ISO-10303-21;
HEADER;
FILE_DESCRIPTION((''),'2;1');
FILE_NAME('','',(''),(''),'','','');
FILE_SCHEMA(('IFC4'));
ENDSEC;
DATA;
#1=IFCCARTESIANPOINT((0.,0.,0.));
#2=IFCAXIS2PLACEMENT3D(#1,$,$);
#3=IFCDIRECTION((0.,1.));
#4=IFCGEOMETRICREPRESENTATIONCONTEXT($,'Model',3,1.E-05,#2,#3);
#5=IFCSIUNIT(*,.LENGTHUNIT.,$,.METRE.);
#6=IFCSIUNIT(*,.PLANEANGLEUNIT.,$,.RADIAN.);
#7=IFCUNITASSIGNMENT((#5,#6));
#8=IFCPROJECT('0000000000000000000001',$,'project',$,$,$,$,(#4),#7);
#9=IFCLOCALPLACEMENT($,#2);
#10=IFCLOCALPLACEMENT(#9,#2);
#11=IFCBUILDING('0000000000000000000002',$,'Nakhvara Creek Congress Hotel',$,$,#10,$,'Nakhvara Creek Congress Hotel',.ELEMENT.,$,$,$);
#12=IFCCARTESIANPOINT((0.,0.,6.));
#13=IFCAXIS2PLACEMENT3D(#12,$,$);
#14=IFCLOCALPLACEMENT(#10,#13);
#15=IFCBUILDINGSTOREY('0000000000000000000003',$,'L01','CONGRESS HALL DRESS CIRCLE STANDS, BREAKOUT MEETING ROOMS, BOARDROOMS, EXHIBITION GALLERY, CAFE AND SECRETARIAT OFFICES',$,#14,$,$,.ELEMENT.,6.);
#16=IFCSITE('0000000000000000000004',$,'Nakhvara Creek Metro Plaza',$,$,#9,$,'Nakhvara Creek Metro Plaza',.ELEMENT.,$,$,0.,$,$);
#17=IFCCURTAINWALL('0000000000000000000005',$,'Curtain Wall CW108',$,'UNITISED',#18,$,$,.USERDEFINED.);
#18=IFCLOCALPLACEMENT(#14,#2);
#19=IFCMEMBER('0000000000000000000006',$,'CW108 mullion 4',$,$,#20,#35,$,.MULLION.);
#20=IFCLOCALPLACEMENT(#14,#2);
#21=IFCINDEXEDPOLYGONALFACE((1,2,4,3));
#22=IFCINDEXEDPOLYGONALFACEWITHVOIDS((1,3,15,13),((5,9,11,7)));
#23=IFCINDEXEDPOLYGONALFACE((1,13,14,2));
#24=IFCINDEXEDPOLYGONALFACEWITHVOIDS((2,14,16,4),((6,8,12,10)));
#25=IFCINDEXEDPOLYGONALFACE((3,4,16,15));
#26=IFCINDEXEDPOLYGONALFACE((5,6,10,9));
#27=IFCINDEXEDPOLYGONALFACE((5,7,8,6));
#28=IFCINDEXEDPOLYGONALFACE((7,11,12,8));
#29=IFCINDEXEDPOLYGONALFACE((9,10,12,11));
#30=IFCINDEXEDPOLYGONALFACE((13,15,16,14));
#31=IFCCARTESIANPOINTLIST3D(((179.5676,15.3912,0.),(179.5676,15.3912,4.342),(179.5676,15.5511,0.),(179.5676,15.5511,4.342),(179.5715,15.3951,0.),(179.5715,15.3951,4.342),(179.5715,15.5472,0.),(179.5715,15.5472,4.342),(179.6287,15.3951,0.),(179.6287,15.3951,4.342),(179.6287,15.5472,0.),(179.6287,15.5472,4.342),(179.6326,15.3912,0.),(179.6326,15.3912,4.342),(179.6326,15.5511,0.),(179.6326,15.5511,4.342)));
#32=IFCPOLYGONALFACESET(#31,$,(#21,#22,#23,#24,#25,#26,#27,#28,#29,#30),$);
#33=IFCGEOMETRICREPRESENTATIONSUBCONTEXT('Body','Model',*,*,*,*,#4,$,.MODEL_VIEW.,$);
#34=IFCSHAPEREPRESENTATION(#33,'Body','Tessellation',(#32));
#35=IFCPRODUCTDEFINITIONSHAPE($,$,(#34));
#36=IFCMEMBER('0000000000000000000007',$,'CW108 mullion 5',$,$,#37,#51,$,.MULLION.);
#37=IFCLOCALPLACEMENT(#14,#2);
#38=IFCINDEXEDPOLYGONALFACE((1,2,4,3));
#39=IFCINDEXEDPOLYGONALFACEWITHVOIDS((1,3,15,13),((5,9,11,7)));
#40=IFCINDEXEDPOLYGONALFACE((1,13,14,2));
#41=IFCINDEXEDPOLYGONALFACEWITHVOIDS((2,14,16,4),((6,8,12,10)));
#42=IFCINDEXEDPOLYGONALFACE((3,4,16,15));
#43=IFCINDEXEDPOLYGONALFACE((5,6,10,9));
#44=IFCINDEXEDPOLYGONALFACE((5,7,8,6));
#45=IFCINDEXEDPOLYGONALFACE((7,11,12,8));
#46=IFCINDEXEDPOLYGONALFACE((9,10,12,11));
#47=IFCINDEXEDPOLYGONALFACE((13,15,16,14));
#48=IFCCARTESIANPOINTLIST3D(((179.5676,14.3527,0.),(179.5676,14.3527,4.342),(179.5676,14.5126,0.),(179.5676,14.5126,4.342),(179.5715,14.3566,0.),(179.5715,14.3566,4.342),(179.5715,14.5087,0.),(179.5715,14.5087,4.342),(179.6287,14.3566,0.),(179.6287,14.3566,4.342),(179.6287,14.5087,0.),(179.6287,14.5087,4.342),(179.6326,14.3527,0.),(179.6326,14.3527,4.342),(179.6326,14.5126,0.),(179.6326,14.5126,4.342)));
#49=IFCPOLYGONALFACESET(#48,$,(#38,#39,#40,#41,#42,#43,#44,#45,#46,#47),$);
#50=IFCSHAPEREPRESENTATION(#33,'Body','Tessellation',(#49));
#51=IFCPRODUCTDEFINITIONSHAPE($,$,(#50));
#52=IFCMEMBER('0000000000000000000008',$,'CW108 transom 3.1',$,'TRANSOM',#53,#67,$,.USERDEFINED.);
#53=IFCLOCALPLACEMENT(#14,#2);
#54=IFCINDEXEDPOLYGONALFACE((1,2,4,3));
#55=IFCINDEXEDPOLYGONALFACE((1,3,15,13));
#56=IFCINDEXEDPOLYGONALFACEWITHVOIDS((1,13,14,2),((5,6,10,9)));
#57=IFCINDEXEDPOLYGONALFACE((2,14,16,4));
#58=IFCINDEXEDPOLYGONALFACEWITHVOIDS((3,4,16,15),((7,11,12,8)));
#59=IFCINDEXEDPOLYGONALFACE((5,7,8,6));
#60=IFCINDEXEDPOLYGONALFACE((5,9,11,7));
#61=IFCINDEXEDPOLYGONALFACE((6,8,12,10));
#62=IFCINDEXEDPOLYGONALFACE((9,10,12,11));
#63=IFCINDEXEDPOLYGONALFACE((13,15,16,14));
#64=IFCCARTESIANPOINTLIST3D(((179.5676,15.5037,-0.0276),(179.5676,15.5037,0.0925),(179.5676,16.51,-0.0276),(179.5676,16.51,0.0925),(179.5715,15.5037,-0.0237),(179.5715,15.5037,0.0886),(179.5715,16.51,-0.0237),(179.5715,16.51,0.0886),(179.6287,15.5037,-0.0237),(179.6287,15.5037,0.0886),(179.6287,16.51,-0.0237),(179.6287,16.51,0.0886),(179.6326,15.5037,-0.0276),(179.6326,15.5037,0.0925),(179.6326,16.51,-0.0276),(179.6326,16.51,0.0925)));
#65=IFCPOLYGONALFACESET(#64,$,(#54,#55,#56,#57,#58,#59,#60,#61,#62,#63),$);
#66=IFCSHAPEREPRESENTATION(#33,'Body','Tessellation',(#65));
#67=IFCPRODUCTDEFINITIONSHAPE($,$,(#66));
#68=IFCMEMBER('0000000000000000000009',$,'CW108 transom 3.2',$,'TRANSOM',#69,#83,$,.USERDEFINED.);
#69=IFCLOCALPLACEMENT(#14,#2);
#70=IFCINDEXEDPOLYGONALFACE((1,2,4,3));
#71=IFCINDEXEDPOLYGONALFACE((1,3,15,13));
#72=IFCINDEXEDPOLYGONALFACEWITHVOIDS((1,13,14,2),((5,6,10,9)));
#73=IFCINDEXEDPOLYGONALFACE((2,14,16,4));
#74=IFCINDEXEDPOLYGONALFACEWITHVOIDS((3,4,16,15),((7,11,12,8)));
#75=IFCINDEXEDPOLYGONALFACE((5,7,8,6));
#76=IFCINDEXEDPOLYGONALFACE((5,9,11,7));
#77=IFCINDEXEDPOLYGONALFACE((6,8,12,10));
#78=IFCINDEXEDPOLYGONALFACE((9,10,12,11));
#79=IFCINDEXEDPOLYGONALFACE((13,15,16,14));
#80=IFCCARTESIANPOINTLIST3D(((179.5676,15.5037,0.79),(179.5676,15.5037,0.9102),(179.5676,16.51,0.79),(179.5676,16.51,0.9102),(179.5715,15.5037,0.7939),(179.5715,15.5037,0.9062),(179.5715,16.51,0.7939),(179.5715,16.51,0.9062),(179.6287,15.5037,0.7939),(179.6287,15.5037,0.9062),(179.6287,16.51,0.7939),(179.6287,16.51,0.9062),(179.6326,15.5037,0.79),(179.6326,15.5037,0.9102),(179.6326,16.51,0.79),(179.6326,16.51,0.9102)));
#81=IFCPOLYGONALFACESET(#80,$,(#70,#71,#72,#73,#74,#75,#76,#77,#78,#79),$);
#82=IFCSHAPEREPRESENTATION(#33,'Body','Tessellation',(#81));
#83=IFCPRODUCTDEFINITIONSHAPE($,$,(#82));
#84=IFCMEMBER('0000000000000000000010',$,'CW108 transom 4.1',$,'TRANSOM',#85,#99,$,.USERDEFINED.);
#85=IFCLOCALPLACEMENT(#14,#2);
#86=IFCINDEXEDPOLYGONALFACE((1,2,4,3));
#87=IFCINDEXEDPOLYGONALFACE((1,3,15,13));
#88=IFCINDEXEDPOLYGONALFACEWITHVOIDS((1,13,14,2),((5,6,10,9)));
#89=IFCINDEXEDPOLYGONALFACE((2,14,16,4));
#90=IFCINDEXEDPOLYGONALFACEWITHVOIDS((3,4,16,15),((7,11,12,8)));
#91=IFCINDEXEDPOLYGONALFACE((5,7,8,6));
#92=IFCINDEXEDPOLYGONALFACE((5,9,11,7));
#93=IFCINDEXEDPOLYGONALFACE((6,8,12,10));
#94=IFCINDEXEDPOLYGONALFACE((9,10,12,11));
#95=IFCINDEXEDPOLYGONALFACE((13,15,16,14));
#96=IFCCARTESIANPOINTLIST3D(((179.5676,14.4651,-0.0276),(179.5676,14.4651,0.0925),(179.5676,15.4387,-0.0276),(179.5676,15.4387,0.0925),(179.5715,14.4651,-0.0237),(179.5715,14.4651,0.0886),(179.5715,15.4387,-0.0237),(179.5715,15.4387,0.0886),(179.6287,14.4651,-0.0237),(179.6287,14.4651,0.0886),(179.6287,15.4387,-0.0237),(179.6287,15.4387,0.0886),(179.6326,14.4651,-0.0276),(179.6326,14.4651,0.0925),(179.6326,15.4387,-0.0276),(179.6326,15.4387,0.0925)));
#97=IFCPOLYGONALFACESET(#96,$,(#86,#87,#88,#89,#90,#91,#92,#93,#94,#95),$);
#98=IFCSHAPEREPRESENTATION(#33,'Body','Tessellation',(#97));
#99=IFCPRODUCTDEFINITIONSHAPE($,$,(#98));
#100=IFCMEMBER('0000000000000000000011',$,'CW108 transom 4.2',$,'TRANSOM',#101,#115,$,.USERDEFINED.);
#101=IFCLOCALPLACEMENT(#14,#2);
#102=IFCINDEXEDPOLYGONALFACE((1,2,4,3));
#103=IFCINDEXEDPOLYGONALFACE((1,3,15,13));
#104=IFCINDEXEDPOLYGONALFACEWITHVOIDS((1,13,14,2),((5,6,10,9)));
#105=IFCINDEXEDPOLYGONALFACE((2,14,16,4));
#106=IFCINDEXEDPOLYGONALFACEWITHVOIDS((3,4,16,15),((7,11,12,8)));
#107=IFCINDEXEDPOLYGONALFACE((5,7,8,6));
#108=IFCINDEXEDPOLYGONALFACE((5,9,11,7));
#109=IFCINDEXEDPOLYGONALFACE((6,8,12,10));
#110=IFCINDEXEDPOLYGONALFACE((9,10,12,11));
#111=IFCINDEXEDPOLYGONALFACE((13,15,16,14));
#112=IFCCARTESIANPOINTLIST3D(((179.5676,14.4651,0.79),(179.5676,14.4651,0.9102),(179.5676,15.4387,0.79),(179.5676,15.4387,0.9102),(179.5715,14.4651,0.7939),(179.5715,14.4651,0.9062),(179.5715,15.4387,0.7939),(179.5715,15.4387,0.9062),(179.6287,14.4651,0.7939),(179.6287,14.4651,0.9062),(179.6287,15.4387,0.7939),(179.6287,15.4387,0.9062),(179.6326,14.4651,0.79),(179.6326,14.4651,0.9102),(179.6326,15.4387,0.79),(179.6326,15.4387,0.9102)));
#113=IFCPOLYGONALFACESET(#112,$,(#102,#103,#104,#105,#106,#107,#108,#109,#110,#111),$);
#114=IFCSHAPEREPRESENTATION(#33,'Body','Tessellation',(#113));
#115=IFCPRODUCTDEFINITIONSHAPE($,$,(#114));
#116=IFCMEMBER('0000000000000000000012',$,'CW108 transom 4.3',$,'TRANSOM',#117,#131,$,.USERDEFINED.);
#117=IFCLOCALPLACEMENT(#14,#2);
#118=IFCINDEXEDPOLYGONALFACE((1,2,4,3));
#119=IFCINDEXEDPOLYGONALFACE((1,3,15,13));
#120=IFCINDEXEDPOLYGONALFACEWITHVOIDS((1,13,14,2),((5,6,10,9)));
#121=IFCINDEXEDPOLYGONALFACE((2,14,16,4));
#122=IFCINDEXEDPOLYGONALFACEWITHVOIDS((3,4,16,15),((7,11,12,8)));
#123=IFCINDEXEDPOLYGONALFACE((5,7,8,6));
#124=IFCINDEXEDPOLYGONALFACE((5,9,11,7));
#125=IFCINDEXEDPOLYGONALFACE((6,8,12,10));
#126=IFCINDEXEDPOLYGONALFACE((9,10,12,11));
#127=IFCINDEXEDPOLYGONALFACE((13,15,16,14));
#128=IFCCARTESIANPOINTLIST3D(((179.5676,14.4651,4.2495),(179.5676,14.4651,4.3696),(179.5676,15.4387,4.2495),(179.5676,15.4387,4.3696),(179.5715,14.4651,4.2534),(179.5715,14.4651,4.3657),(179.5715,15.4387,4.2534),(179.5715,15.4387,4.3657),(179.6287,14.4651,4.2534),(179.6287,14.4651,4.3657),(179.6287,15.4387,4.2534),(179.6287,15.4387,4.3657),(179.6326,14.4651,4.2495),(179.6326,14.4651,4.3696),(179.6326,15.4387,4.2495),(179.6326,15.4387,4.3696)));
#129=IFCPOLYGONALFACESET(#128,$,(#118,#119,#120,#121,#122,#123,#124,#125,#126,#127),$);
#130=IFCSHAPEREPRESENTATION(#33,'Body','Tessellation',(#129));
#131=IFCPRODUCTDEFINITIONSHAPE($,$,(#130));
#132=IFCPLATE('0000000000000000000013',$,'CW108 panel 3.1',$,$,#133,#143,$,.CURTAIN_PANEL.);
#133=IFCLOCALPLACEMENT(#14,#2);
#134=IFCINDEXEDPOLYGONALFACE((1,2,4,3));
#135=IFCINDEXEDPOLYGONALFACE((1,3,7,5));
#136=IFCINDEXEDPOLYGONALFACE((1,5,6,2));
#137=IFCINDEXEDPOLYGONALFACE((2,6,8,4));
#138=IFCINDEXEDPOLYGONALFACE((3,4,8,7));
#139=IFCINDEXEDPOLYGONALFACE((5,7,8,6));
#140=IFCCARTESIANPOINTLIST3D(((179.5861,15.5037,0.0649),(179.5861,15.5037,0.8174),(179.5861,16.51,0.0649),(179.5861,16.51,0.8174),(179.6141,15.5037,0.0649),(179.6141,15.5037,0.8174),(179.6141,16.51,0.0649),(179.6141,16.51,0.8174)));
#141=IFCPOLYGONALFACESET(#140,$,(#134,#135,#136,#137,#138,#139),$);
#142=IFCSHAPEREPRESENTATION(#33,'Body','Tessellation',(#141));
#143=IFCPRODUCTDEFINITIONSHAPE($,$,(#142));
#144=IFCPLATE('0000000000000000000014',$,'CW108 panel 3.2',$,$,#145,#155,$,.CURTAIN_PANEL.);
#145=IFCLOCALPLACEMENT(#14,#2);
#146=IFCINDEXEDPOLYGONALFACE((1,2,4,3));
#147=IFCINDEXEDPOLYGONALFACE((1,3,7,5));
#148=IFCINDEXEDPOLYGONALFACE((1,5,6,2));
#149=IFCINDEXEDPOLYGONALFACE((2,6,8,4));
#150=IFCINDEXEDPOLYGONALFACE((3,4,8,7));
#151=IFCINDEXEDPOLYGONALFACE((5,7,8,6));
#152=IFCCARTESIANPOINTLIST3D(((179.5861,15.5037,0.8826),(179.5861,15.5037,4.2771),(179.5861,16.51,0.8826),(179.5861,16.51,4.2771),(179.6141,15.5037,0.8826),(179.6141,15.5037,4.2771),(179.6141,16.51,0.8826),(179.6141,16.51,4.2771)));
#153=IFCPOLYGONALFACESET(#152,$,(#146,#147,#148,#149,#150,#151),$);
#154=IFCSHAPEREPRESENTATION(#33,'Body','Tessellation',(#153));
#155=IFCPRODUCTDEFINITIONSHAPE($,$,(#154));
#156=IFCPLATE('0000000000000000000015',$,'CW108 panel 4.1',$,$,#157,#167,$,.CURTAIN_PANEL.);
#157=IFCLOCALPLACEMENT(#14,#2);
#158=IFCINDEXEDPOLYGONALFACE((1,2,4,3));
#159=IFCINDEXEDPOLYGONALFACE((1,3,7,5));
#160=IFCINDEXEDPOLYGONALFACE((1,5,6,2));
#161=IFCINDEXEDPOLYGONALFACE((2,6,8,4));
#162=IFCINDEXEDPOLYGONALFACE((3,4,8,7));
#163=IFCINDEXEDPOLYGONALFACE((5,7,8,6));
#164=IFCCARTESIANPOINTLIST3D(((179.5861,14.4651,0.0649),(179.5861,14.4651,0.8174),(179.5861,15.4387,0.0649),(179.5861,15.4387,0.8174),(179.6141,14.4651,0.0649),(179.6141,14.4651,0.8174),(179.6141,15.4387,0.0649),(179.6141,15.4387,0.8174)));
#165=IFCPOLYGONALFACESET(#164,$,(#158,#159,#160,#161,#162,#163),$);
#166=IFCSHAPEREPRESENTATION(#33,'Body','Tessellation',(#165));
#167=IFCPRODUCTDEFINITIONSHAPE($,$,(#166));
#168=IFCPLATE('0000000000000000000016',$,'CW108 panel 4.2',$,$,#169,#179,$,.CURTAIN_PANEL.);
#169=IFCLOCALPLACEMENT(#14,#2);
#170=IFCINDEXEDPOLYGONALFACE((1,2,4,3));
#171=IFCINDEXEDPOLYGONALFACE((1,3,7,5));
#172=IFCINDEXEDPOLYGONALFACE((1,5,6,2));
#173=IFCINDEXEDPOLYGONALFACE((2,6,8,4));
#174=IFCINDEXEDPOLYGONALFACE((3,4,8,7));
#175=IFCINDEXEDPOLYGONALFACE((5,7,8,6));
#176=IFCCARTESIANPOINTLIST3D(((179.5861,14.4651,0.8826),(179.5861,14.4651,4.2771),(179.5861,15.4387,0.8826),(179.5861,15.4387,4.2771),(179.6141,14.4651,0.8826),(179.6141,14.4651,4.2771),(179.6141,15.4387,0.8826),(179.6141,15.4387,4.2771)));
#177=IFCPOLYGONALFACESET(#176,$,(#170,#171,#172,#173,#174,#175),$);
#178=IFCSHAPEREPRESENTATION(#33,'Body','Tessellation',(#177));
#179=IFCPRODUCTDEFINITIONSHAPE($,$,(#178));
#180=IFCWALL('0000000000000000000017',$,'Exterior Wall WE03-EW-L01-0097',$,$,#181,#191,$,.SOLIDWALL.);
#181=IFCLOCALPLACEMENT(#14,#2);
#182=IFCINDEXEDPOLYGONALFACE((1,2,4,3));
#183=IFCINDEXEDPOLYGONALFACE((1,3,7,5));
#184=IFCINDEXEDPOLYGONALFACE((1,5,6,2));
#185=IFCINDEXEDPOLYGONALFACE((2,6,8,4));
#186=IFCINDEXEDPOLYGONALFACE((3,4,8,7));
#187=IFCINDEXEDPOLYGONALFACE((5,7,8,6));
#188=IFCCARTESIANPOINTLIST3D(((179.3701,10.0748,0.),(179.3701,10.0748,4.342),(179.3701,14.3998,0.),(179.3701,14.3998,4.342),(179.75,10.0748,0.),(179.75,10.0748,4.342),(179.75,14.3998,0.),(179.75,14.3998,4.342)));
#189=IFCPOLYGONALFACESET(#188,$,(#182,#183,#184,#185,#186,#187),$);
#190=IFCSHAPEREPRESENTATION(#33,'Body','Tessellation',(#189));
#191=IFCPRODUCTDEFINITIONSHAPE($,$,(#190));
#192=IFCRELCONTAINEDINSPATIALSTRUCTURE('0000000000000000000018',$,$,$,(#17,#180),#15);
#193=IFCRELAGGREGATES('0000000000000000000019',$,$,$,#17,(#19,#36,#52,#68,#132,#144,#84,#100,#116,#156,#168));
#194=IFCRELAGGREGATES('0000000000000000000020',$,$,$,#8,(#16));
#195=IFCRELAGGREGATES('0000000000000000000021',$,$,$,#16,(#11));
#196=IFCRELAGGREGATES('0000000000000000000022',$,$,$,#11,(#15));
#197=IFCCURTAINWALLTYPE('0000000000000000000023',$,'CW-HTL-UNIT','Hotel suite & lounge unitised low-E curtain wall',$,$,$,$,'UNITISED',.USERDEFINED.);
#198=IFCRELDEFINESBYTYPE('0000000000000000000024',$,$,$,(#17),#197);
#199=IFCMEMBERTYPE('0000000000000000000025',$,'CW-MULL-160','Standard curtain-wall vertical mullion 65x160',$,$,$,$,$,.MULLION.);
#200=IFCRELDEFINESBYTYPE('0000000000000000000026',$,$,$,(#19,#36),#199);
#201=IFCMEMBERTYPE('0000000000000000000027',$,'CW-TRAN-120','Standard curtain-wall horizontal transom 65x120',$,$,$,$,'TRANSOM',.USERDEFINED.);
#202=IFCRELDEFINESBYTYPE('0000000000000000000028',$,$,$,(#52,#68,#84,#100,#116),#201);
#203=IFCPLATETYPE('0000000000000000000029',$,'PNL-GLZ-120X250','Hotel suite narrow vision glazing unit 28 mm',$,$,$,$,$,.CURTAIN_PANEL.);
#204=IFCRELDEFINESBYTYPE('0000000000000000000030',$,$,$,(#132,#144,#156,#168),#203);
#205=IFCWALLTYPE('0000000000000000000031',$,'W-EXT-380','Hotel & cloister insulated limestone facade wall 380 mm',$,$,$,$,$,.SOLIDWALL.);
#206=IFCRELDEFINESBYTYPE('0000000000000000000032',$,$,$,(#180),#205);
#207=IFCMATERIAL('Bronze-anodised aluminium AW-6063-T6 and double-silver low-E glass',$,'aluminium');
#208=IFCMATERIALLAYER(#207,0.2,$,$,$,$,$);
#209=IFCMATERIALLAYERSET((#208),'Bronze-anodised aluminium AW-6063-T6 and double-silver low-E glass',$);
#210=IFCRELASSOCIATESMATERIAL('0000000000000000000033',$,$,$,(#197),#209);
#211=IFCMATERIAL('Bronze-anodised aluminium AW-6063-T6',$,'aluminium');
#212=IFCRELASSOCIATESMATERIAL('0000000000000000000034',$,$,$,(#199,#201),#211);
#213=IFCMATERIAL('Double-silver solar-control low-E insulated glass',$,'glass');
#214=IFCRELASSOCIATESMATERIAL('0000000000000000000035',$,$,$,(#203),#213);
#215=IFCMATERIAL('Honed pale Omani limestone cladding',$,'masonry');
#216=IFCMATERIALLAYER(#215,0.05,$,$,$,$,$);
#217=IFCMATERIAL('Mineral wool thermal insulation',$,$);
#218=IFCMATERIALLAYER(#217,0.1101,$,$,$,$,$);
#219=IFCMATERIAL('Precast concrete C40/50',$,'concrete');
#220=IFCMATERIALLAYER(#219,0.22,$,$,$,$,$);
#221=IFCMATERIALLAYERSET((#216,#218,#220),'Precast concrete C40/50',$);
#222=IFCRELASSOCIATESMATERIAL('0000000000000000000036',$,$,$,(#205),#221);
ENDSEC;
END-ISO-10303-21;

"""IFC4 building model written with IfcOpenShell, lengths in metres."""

from ifc_helpers import new_model, si_unit, direction, frame, frame_2d, origin, origin_2d, place, context, subcontext, project, spatial, rectangle, hollow_rectangle, extrude, material, layer, layer_set, material_profile, profile_set, type_object, element, aggregate, save


model = new_model("IFC4")

# Units and contexts
model_context = context("Model", 3, precision=1e-05, world=origin(), true_north=direction((0.0, 1.0)))
body_context = subcontext(model_context, "Body", "Model", "MODEL_VIEW")
ifc_project = project(units=[si_unit("LENGTHUNIT", "METRE"), si_unit("PLANEANGLEUNIT", "RADIAN")], contexts=[model_context])

# Site, building, storey
site_placement = place(None, origin())
site = spatial("IfcSite", under=ifc_project, at=site_placement, Name="Nakhvara Creek Metro Plaza", LongName="Nakhvara Creek Metro Plaza", CompositionType="ELEMENT", RefElevation=0.0)
building_placement = place(site_placement, origin())
building = spatial("IfcBuilding", under=site, at=building_placement, Name="Nakhvara Creek Congress Hotel", LongName="Nakhvara Creek Congress Hotel", CompositionType="ELEMENT")
storey_placement = place(building_placement, frame((0.0, 0.0, 6.0)))
storey = spatial("IfcBuildingStorey", under=building, at=storey_placement, Name="L01", Description="CONGRESS HALL DRESS CIRCLE STANDS, BREAKOUT MEETING ROOMS, BOARDROOMS, EXHIBITION GALLERY, CAFE AND SECRETARIAT OFFICES", CompositionType="ELEMENT", Elevation=6.0)

# Curtain wall, members, plates
ifc_material_1 = material(Name="Bronze-anodised aluminium AW-6063-T6 and double-silver low-E glass", Category="aluminium")
ifc_layer_1 = layer(ifc_material_1, 0.2)
ifc_layer_set_1 = layer_set([ifc_layer_1], Name="Bronze-anodised aluminium AW-6063-T6 and double-silver low-E glass")
curtain_wall_type = type_object("IfcCurtainWallType", Name="CW-HTL-UNIT", Description="Hotel suite & lounge unitised low-E curtain wall", ElementType="UNITISED", PredefinedType="USERDEFINED", material=ifc_layer_set_1)
curtain_wall_placement = place(storey_placement, origin())
curtain_wall = element("IfcCurtainWall", 1, at=curtain_wall_placement, inside=storey, type_object=curtain_wall_type, Name="Curtain Wall CW108", ObjectType="UNITISED", PredefinedType="USERDEFINED")
ifc_material_2 = material(Name="Bronze-anodised aluminium AW-6063-T6", Category="aluminium")
ifc_material_profile_1 = material_profile(ifc_material_2, hollow_rectangle(XDim=0.0649, YDim=0.1599, WallThickness=0.0039, at=origin_2d()), Name="ALU-MULL 65x160x4", Category="LoadBearing")
ifc_profile_set_1 = profile_set([ifc_material_profile_1], Name="Bronze-anodised aluminium AW-6063-T6")
member_type_1 = type_object("IfcMemberType", Name="CW-MULL-160", Description="Standard curtain-wall vertical mullion 65x160", PredefinedType="MULLION", material=ifc_profile_set_1)
member_1_placement = place(storey_placement, frame((179.6001, 15.4712, 0.0), z_axis=(0.0, 0.0, 1.0), x_axis=(1.0, 0.0, 0.0)))
member_1 = element("IfcMember", 2, at=member_1_placement, type_object=member_type_1, Name="CW108 mullion 4", PredefinedType="MULLION", context=body_context, shape_type="SweptSolid", body=[
    extrude(hollow_rectangle(XDim=0.0649, YDim=0.1599, WallThickness=0.0039, at=origin_2d()), origin(), (0.0, 0.0, 1.0), 4.342),
])
member_2_placement = place(storey_placement, frame((179.6001, 14.4326, 0.0), z_axis=(0.0, 0.0, 1.0), x_axis=(1.0, 0.0, 0.0)))
member_2 = element("IfcMember", 3, at=member_2_placement, type_object=member_type_1, Name="CW108 mullion 5", PredefinedType="MULLION", context=body_context, shape_type="SweptSolid", body=[
    extrude(hollow_rectangle(XDim=0.0649, YDim=0.1599, WallThickness=0.0039, at=origin_2d()), origin(), (0.0, 0.0, 1.0), 4.342),
])
ifc_material_profile_2 = material_profile(ifc_material_2, hollow_rectangle(XDim=0.0649, YDim=0.1201, WallThickness=0.0039, at=origin_2d()), Name="ALU-TRAN 65x120x4", Category="LoadBearing")
ifc_profile_set_2 = profile_set([ifc_material_profile_2], Name="Bronze-anodised aluminium AW-6063-T6")
member_type_2 = type_object("IfcMemberType", Name="CW-TRAN-120", Description="Standard curtain-wall horizontal transom 65x120", ElementType="TRANSOM", PredefinedType="USERDEFINED", material=ifc_profile_set_2)
member_3_placement = place(storey_placement, frame((179.6001, 16.51, 0.0325), z_axis=(0.0, -1.0, 0.0), x_axis=(1.0, 0.0, 0.0)))
member_3 = element("IfcMember", 4, at=member_3_placement, type_object=member_type_2, Name="CW108 transom 3.1", ObjectType="TRANSOM", PredefinedType="USERDEFINED", context=body_context, shape_type="SweptSolid", body=[
    extrude(hollow_rectangle(XDim=0.0649, YDim=0.1201, WallThickness=0.0039, at=origin_2d()), origin(), (0.0, 0.0, 1.0), 1.0063),
])
member_4_placement = place(storey_placement, frame((179.6001, 16.51, 0.8501), z_axis=(0.0, -1.0, 0.0), x_axis=(1.0, 0.0, 0.0)))
member_4 = element("IfcMember", 5, at=member_4_placement, type_object=member_type_2, Name="CW108 transom 3.2", ObjectType="TRANSOM", PredefinedType="USERDEFINED", context=body_context, shape_type="SweptSolid", body=[
    extrude(hollow_rectangle(XDim=0.0649, YDim=0.1201, WallThickness=0.0039, at=origin_2d()), origin(), (0.0, 0.0, 1.0), 1.0063),
])
member_5_placement = place(storey_placement, frame((179.6001, 15.4387, 0.0325), z_axis=(0.0, -1.0, 0.0), x_axis=(1.0, 0.0, 0.0)))
member_5 = element("IfcMember", 6, at=member_5_placement, type_object=member_type_2, Name="CW108 transom 4.1", ObjectType="TRANSOM", PredefinedType="USERDEFINED", context=body_context, shape_type="SweptSolid", body=[
    extrude(hollow_rectangle(XDim=0.0649, YDim=0.1201, WallThickness=0.0039, at=origin_2d()), origin(), (0.0, 0.0, 1.0), 0.9736),
])
member_6_placement = place(storey_placement, frame((179.6001, 15.4387, 0.8501), z_axis=(0.0, -1.0, 0.0), x_axis=(1.0, 0.0, 0.0)))
member_6 = element("IfcMember", 7, at=member_6_placement, type_object=member_type_2, Name="CW108 transom 4.2", ObjectType="TRANSOM", PredefinedType="USERDEFINED", context=body_context, shape_type="SweptSolid", body=[
    extrude(hollow_rectangle(XDim=0.0649, YDim=0.1201, WallThickness=0.0039, at=origin_2d()), origin(), (0.0, 0.0, 1.0), 0.9736),
])
member_7_placement = place(storey_placement, frame((179.6001, 15.4387, 4.3096), z_axis=(0.0, -1.0, 0.0), x_axis=(1.0, 0.0, 0.0)))
member_7 = element("IfcMember", 8, at=member_7_placement, type_object=member_type_2, Name="CW108 transom 4.3", ObjectType="TRANSOM", PredefinedType="USERDEFINED", context=body_context, shape_type="SweptSolid", body=[
    extrude(hollow_rectangle(XDim=0.0649, YDim=0.1201, WallThickness=0.0039, at=origin_2d()), origin(), (0.0, 0.0, 1.0), 0.9736),
])
ifc_material_3 = material(Name="Double-silver solar-control low-E insulated glass", Category="glass")
plate_type = type_object("IfcPlateType", Name="PNL-GLZ-120X250", Description="Hotel suite narrow vision glazing unit 28 mm", PredefinedType="CURTAIN_PANEL", material=ifc_material_3)
plate_1_placement = place(storey_placement, frame((179.6001, 16.0068, 0.0649), z_axis=(0.0, 0.0, 1.0), x_axis=(0.0, -1.0, 0.0)))
plate_1 = element("IfcPlate", 9, at=plate_1_placement, type_object=plate_type, Name="CW108 panel 3.1", PredefinedType="CURTAIN_PANEL", context=body_context, shape_type="SweptSolid", body=[
    extrude(rectangle(XDim=1.0063, YDim=0.0281, at=origin_2d()), origin(), (0.0, 0.0, 1.0), 0.7524),
])
plate_2_placement = place(storey_placement, frame((179.6001, 16.0068, 0.8826), z_axis=(0.0, 0.0, 1.0), x_axis=(0.0, -1.0, 0.0)))
plate_2 = element("IfcPlate", 10, at=plate_2_placement, type_object=plate_type, Name="CW108 panel 3.2", PredefinedType="CURTAIN_PANEL", context=body_context, shape_type="SweptSolid", body=[
    extrude(rectangle(XDim=1.0063, YDim=0.0281, at=origin_2d()), origin(), (0.0, 0.0, 1.0), 3.3945),
])
plate_3_placement = place(storey_placement, frame((179.6001, 14.9519, 0.0649), z_axis=(0.0, 0.0, 1.0), x_axis=(0.0, -1.0, 0.0)))
plate_3 = element("IfcPlate", 11, at=plate_3_placement, type_object=plate_type, Name="CW108 panel 4.1", PredefinedType="CURTAIN_PANEL", context=body_context, shape_type="SweptSolid", body=[
    extrude(rectangle(XDim=0.9736, YDim=0.0281, at=origin_2d()), origin(), (0.0, 0.0, 1.0), 0.7524),
])
plate_4_placement = place(storey_placement, frame((179.6001, 14.9519, 0.8826), z_axis=(0.0, 0.0, 1.0), x_axis=(0.0, -1.0, 0.0)))
plate_4 = element("IfcPlate", 12, at=plate_4_placement, type_object=plate_type, Name="CW108 panel 4.2", PredefinedType="CURTAIN_PANEL", context=body_context, shape_type="SweptSolid", body=[
    extrude(rectangle(XDim=0.9736, YDim=0.0281, at=origin_2d()), origin(), (0.0, 0.0, 1.0), 3.3945),
])
aggregate(curtain_wall, [member_1, member_2, member_3, member_4, plate_1, plate_2, member_5, member_6, member_7, plate_3, plate_4])

# Wall
ifc_material_4 = material(Name="Honed pale Omani limestone cladding", Category="masonry")
ifc_layer_2 = layer(ifc_material_4, 0.05)
ifc_material_5 = material(Name="Mineral wool thermal insulation")
ifc_layer_3 = layer(ifc_material_5, 0.1101)
ifc_material_6 = material(Name="Precast concrete C40/50", Category="concrete")
ifc_layer_4 = layer(ifc_material_6, 0.22)
ifc_layer_set_2 = layer_set([ifc_layer_2, ifc_layer_3, ifc_layer_4], Name="Precast concrete C40/50")
wall_type = type_object("IfcWallType", Name="W-EXT-380", Description="Hotel & cloister insulated limestone facade wall 380 mm", PredefinedType="SOLIDWALL", material=ifc_layer_set_2)
wall_placement = place(storey_placement, frame((179.5601, 14.3999, 0.0), z_axis=(0.0, 0.0, 1.0), x_axis=(0.0, -1.0, 0.0)))
element("IfcWall", 13, at=wall_placement, inside=storey, type_object=wall_type, Name="Exterior Wall WE03-EW-L01-0097", PredefinedType="SOLIDWALL", context=body_context, shape_type="SweptSolid", body=[
    extrude(rectangle(XDim=4.325, YDim=0.3799, at=frame_2d((2.1626, 0.0))), origin(), (0.0, 0.0, 1.0), 4.342),
])

save(model, "model.ifc")
